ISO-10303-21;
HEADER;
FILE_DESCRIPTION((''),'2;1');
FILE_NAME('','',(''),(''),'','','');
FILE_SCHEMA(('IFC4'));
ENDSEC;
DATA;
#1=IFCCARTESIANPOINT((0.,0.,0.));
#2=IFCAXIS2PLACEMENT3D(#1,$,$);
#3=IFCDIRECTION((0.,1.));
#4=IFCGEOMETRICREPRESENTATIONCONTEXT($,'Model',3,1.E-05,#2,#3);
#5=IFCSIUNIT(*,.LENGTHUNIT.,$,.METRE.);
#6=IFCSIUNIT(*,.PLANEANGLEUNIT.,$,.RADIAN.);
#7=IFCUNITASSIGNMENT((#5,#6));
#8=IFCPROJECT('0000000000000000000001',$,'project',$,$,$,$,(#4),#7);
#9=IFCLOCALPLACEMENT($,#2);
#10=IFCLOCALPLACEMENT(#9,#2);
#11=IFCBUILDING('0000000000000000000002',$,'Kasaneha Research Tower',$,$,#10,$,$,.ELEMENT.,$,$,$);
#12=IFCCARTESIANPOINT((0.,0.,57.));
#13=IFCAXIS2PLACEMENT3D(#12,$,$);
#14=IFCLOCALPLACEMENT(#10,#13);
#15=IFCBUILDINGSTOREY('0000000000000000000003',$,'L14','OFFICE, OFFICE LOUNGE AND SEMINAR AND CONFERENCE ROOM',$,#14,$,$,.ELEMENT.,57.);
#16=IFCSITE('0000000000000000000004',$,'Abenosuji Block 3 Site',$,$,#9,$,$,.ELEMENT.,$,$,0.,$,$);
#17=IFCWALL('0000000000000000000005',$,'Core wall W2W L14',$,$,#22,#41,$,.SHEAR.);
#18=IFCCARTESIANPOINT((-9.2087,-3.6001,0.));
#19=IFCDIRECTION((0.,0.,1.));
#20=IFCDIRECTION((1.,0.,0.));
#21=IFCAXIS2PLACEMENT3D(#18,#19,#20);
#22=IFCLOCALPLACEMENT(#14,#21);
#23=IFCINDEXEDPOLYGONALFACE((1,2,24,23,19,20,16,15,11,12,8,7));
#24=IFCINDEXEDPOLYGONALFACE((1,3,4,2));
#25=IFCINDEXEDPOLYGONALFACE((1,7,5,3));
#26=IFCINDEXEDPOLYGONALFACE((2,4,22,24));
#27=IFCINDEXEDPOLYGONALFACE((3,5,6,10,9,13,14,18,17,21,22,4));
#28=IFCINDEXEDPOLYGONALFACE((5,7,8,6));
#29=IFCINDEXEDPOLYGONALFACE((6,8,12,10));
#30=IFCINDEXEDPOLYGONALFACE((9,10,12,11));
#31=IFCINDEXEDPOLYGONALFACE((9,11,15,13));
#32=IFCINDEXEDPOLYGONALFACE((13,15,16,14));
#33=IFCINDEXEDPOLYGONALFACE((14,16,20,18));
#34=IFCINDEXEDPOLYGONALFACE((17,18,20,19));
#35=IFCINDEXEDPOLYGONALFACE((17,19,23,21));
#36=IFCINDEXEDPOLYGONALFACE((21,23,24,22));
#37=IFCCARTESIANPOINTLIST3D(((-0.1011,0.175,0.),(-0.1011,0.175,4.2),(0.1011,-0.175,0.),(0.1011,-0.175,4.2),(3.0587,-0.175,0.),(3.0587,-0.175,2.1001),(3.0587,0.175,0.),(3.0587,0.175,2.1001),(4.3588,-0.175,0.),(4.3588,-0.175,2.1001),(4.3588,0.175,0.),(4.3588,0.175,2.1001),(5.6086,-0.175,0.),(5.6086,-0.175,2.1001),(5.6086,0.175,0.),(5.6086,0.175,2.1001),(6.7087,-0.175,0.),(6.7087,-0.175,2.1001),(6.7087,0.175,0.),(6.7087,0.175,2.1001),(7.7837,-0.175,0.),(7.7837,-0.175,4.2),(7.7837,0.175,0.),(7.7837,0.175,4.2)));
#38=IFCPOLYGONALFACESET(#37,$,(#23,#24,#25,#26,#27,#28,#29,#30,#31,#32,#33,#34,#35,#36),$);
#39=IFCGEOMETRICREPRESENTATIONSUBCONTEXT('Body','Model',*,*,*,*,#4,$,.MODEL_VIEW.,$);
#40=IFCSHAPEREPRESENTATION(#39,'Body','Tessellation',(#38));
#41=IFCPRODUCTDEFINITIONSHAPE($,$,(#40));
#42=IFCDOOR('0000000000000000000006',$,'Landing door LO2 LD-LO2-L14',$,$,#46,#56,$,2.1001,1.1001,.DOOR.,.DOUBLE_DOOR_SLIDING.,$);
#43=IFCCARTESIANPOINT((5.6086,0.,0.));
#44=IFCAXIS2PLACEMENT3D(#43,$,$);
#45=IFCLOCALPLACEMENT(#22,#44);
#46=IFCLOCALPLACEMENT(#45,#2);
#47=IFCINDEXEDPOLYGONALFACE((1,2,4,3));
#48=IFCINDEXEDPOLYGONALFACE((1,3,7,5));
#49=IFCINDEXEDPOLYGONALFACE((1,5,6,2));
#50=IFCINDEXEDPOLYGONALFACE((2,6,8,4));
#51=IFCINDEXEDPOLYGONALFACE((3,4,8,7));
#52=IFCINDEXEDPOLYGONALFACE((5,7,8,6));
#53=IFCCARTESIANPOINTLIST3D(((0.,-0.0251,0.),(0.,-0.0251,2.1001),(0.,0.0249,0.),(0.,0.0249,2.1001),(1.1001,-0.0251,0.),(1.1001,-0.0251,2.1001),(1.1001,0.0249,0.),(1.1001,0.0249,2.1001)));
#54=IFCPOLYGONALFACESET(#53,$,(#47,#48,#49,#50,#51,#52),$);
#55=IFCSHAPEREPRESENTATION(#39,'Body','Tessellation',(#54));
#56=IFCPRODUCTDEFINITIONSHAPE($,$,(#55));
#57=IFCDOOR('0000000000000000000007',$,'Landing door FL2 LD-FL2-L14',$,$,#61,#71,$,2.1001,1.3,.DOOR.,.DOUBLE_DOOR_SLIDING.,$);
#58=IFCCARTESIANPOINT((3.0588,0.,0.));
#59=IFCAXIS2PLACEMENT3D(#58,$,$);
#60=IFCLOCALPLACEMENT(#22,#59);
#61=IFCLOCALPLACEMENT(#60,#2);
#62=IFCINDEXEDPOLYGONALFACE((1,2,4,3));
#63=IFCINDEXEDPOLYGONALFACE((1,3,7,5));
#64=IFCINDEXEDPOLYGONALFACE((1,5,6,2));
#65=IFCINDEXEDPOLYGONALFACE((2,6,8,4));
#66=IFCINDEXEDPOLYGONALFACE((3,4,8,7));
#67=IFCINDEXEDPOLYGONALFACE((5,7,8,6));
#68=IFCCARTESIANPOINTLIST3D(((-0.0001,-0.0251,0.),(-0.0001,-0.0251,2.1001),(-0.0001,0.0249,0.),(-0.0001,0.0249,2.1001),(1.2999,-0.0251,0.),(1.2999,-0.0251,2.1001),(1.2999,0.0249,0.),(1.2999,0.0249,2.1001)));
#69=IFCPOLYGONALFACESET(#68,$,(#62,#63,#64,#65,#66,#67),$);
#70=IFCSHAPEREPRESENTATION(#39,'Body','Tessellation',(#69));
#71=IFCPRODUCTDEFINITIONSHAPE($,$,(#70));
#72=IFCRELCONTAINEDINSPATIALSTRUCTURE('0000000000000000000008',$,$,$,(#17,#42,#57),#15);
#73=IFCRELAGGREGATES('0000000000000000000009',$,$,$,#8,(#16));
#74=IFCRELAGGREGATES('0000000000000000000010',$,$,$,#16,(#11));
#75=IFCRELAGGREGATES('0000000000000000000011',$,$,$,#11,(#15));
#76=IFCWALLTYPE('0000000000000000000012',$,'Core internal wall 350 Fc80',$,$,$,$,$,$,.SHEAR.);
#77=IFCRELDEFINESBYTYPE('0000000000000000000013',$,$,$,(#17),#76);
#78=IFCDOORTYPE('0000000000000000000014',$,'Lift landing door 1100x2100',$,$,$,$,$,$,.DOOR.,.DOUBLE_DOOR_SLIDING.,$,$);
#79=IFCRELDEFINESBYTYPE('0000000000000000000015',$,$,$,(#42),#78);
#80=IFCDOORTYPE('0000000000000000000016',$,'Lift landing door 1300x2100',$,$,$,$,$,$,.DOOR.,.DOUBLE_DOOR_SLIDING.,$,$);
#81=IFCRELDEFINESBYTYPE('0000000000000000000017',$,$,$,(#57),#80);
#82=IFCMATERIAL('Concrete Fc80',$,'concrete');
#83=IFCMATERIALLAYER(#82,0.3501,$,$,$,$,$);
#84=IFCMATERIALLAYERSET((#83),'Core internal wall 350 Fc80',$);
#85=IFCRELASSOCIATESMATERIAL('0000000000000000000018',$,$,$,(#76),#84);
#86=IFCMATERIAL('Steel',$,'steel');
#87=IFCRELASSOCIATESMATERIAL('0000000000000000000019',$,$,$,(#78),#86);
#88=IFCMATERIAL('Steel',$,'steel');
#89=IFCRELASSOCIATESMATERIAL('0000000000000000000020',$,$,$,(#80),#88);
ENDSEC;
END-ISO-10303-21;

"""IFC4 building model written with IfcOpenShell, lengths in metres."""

from ifc_helpers import new_model, si_unit, direction, frame, frame_2d, origin, place, context, subcontext, project, spatial, polyline, rectangle, outline, extrude, material, layer, layer_set, type_object, element, fill, save


model = new_model("IFC4")

# Units and contexts
model_context = context("Model", 3, precision=1e-05, world=origin(), true_north=direction((0.0, 1.0)))
body_context = subcontext(model_context, "Body", "Model", "MODEL_VIEW")
ifc_project = project(units=[si_unit("LENGTHUNIT", "METRE"), si_unit("PLANEANGLEUNIT", "RADIAN")], contexts=[model_context])

# Site, building, storey
site_placement = place(None, origin())
site = spatial("IfcSite", under=ifc_project, at=site_placement, Name="Abenosuji Block 3 Site", CompositionType="ELEMENT", RefElevation=0.0)
building_placement = place(site_placement, origin())
building = spatial("IfcBuilding", under=site, at=building_placement, Name="Kasaneha Research Tower", CompositionType="ELEMENT")
storey_placement = place(building_placement, frame((0.0, 0.0, 57.0)))
storey = spatial("IfcBuildingStorey", under=building, at=storey_placement, Name="L14", Description="OFFICE, OFFICE LOUNGE AND SEMINAR AND CONFERENCE ROOM", CompositionType="ELEMENT", Elevation=57.0)

# Wall, openings, doors
ifc_material_1 = material(Name="Concrete Fc80", Category="concrete")
ifc_layer_1 = layer(ifc_material_1, 0.3501)
ifc_layer_set_1 = layer_set([ifc_layer_1], Name="Core internal wall 350 Fc80")
wall_type_1 = type_object("IfcWallType", Name="Core internal wall 350 Fc80", PredefinedType="SHEAR", material=ifc_layer_set_1)
wall_1_placement = place(storey_placement, frame((-9.2087, -3.6001, 0.0), z_axis=(0.0, 0.0, 1.0), x_axis=(1.0, 0.0, 0.0)))
wall_1 = element("IfcWall", 1, at=wall_1_placement, inside=storey, type_object=wall_type_1, Name="Core wall W2W L14", PredefinedType="SHEAR", context=body_context, shape_type="SweptSolid", body=[
    extrude(outline(polyline([(0.1011, -0.175), (3.0588, -0.175), (4.3589, -0.175), (5.6086, -0.175), (6.7087, -0.175), (7.7837, -0.175), (7.7837, 0.175), (6.7087, 0.175), (5.6086, 0.175), (4.3589, 0.175), (3.0588, 0.175), (-0.1011, 0.175), (0.1011, -0.175)])), origin(), (0.0, 0.0, 1.0), 4.2),
])
opening_1_placement = place(wall_1_placement, frame((5.6086, 0.0, 0.0)))
opening_1 = element("IfcOpeningElement", 2, at=opening_1_placement, cuts=wall_1, PredefinedType="OPENING", context=body_context, shape_type="SweptSolid", body=[
    extrude(rectangle(XDim=1.1001, YDim=2.1001, at=frame_2d((0.55, 1.05))), frame((0.0, 0.1851, 0.0), z_axis=(0.0, -1.0, 0.0), x_axis=(1.0, 0.0, 0.0)), (0.0, 0.0, 1.0), 0.3701),
])
opening_2_placement = place(wall_1_placement, frame((3.0588, 0.0, 0.0)))
opening_2 = element("IfcOpeningElement", 3, at=opening_2_placement, cuts=wall_1, PredefinedType="OPENING", context=body_context, shape_type="SweptSolid", body=[
    extrude(rectangle(XDim=1.3, YDim=2.1001, at=frame_2d((0.6499, 1.05))), frame((0.0, 0.1851, 0.0), z_axis=(0.0, -1.0, 0.0), x_axis=(1.0, 0.0, 0.0)), (0.0, 0.0, 1.0), 0.3701),
])
ifc_material_2 = material(Name="Steel", Category="steel")
door_type_1 = type_object("IfcDoorType", Name="Lift landing door 1100x2100", OperationType="DOUBLE_DOOR_SLIDING", PredefinedType="DOOR", material=ifc_material_2)
door_1_placement = place(opening_1_placement, origin())
door_1 = element("IfcDoor", 4, at=door_1_placement, inside=storey, type_object=door_type_1, Name="Landing door LO2 LD-LO2-L14", OperationType="DOUBLE_DOOR_SLIDING", OverallHeight=2.1001, OverallWidth=1.1001, PredefinedType="DOOR", context=body_context, shape_type="SweptSolid", body=[
    extrude(rectangle(XDim=1.1001, YDim=2.1001, at=frame_2d((0.55, 1.05))), frame((0.0, 0.0249, 0.0), z_axis=(0.0, -1.0, 0.0), x_axis=(1.0, 0.0, 0.0)), (0.0, 0.0, 1.0), 0.05),
])
fill(opening_1, door_1)
ifc_material_3 = material(Name="Steel", Category="steel")
door_type_2 = type_object("IfcDoorType", Name="Lift landing door 1300x2100", OperationType="DOUBLE_DOOR_SLIDING", PredefinedType="DOOR", material=ifc_material_3)
door_2_placement = place(opening_2_placement, origin())
door_2 = element("IfcDoor", 5, at=door_2_placement, inside=storey, type_object=door_type_2, Name="Landing door FL2 LD-FL2-L14", OperationType="DOUBLE_DOOR_SLIDING", OverallHeight=2.1001, OverallWidth=1.3, PredefinedType="DOOR", context=body_context, shape_type="SweptSolid", body=[
    extrude(rectangle(XDim=1.3, YDim=2.1001, at=frame_2d((0.6499, 1.05))), frame((0.0, 0.0249, 0.0), z_axis=(0.0, -1.0, 0.0), x_axis=(1.0, 0.0, 0.0)), (0.0, 0.0, 1.0), 0.05),
])
fill(opening_2, door_2)

save(model, "model.ifc")
